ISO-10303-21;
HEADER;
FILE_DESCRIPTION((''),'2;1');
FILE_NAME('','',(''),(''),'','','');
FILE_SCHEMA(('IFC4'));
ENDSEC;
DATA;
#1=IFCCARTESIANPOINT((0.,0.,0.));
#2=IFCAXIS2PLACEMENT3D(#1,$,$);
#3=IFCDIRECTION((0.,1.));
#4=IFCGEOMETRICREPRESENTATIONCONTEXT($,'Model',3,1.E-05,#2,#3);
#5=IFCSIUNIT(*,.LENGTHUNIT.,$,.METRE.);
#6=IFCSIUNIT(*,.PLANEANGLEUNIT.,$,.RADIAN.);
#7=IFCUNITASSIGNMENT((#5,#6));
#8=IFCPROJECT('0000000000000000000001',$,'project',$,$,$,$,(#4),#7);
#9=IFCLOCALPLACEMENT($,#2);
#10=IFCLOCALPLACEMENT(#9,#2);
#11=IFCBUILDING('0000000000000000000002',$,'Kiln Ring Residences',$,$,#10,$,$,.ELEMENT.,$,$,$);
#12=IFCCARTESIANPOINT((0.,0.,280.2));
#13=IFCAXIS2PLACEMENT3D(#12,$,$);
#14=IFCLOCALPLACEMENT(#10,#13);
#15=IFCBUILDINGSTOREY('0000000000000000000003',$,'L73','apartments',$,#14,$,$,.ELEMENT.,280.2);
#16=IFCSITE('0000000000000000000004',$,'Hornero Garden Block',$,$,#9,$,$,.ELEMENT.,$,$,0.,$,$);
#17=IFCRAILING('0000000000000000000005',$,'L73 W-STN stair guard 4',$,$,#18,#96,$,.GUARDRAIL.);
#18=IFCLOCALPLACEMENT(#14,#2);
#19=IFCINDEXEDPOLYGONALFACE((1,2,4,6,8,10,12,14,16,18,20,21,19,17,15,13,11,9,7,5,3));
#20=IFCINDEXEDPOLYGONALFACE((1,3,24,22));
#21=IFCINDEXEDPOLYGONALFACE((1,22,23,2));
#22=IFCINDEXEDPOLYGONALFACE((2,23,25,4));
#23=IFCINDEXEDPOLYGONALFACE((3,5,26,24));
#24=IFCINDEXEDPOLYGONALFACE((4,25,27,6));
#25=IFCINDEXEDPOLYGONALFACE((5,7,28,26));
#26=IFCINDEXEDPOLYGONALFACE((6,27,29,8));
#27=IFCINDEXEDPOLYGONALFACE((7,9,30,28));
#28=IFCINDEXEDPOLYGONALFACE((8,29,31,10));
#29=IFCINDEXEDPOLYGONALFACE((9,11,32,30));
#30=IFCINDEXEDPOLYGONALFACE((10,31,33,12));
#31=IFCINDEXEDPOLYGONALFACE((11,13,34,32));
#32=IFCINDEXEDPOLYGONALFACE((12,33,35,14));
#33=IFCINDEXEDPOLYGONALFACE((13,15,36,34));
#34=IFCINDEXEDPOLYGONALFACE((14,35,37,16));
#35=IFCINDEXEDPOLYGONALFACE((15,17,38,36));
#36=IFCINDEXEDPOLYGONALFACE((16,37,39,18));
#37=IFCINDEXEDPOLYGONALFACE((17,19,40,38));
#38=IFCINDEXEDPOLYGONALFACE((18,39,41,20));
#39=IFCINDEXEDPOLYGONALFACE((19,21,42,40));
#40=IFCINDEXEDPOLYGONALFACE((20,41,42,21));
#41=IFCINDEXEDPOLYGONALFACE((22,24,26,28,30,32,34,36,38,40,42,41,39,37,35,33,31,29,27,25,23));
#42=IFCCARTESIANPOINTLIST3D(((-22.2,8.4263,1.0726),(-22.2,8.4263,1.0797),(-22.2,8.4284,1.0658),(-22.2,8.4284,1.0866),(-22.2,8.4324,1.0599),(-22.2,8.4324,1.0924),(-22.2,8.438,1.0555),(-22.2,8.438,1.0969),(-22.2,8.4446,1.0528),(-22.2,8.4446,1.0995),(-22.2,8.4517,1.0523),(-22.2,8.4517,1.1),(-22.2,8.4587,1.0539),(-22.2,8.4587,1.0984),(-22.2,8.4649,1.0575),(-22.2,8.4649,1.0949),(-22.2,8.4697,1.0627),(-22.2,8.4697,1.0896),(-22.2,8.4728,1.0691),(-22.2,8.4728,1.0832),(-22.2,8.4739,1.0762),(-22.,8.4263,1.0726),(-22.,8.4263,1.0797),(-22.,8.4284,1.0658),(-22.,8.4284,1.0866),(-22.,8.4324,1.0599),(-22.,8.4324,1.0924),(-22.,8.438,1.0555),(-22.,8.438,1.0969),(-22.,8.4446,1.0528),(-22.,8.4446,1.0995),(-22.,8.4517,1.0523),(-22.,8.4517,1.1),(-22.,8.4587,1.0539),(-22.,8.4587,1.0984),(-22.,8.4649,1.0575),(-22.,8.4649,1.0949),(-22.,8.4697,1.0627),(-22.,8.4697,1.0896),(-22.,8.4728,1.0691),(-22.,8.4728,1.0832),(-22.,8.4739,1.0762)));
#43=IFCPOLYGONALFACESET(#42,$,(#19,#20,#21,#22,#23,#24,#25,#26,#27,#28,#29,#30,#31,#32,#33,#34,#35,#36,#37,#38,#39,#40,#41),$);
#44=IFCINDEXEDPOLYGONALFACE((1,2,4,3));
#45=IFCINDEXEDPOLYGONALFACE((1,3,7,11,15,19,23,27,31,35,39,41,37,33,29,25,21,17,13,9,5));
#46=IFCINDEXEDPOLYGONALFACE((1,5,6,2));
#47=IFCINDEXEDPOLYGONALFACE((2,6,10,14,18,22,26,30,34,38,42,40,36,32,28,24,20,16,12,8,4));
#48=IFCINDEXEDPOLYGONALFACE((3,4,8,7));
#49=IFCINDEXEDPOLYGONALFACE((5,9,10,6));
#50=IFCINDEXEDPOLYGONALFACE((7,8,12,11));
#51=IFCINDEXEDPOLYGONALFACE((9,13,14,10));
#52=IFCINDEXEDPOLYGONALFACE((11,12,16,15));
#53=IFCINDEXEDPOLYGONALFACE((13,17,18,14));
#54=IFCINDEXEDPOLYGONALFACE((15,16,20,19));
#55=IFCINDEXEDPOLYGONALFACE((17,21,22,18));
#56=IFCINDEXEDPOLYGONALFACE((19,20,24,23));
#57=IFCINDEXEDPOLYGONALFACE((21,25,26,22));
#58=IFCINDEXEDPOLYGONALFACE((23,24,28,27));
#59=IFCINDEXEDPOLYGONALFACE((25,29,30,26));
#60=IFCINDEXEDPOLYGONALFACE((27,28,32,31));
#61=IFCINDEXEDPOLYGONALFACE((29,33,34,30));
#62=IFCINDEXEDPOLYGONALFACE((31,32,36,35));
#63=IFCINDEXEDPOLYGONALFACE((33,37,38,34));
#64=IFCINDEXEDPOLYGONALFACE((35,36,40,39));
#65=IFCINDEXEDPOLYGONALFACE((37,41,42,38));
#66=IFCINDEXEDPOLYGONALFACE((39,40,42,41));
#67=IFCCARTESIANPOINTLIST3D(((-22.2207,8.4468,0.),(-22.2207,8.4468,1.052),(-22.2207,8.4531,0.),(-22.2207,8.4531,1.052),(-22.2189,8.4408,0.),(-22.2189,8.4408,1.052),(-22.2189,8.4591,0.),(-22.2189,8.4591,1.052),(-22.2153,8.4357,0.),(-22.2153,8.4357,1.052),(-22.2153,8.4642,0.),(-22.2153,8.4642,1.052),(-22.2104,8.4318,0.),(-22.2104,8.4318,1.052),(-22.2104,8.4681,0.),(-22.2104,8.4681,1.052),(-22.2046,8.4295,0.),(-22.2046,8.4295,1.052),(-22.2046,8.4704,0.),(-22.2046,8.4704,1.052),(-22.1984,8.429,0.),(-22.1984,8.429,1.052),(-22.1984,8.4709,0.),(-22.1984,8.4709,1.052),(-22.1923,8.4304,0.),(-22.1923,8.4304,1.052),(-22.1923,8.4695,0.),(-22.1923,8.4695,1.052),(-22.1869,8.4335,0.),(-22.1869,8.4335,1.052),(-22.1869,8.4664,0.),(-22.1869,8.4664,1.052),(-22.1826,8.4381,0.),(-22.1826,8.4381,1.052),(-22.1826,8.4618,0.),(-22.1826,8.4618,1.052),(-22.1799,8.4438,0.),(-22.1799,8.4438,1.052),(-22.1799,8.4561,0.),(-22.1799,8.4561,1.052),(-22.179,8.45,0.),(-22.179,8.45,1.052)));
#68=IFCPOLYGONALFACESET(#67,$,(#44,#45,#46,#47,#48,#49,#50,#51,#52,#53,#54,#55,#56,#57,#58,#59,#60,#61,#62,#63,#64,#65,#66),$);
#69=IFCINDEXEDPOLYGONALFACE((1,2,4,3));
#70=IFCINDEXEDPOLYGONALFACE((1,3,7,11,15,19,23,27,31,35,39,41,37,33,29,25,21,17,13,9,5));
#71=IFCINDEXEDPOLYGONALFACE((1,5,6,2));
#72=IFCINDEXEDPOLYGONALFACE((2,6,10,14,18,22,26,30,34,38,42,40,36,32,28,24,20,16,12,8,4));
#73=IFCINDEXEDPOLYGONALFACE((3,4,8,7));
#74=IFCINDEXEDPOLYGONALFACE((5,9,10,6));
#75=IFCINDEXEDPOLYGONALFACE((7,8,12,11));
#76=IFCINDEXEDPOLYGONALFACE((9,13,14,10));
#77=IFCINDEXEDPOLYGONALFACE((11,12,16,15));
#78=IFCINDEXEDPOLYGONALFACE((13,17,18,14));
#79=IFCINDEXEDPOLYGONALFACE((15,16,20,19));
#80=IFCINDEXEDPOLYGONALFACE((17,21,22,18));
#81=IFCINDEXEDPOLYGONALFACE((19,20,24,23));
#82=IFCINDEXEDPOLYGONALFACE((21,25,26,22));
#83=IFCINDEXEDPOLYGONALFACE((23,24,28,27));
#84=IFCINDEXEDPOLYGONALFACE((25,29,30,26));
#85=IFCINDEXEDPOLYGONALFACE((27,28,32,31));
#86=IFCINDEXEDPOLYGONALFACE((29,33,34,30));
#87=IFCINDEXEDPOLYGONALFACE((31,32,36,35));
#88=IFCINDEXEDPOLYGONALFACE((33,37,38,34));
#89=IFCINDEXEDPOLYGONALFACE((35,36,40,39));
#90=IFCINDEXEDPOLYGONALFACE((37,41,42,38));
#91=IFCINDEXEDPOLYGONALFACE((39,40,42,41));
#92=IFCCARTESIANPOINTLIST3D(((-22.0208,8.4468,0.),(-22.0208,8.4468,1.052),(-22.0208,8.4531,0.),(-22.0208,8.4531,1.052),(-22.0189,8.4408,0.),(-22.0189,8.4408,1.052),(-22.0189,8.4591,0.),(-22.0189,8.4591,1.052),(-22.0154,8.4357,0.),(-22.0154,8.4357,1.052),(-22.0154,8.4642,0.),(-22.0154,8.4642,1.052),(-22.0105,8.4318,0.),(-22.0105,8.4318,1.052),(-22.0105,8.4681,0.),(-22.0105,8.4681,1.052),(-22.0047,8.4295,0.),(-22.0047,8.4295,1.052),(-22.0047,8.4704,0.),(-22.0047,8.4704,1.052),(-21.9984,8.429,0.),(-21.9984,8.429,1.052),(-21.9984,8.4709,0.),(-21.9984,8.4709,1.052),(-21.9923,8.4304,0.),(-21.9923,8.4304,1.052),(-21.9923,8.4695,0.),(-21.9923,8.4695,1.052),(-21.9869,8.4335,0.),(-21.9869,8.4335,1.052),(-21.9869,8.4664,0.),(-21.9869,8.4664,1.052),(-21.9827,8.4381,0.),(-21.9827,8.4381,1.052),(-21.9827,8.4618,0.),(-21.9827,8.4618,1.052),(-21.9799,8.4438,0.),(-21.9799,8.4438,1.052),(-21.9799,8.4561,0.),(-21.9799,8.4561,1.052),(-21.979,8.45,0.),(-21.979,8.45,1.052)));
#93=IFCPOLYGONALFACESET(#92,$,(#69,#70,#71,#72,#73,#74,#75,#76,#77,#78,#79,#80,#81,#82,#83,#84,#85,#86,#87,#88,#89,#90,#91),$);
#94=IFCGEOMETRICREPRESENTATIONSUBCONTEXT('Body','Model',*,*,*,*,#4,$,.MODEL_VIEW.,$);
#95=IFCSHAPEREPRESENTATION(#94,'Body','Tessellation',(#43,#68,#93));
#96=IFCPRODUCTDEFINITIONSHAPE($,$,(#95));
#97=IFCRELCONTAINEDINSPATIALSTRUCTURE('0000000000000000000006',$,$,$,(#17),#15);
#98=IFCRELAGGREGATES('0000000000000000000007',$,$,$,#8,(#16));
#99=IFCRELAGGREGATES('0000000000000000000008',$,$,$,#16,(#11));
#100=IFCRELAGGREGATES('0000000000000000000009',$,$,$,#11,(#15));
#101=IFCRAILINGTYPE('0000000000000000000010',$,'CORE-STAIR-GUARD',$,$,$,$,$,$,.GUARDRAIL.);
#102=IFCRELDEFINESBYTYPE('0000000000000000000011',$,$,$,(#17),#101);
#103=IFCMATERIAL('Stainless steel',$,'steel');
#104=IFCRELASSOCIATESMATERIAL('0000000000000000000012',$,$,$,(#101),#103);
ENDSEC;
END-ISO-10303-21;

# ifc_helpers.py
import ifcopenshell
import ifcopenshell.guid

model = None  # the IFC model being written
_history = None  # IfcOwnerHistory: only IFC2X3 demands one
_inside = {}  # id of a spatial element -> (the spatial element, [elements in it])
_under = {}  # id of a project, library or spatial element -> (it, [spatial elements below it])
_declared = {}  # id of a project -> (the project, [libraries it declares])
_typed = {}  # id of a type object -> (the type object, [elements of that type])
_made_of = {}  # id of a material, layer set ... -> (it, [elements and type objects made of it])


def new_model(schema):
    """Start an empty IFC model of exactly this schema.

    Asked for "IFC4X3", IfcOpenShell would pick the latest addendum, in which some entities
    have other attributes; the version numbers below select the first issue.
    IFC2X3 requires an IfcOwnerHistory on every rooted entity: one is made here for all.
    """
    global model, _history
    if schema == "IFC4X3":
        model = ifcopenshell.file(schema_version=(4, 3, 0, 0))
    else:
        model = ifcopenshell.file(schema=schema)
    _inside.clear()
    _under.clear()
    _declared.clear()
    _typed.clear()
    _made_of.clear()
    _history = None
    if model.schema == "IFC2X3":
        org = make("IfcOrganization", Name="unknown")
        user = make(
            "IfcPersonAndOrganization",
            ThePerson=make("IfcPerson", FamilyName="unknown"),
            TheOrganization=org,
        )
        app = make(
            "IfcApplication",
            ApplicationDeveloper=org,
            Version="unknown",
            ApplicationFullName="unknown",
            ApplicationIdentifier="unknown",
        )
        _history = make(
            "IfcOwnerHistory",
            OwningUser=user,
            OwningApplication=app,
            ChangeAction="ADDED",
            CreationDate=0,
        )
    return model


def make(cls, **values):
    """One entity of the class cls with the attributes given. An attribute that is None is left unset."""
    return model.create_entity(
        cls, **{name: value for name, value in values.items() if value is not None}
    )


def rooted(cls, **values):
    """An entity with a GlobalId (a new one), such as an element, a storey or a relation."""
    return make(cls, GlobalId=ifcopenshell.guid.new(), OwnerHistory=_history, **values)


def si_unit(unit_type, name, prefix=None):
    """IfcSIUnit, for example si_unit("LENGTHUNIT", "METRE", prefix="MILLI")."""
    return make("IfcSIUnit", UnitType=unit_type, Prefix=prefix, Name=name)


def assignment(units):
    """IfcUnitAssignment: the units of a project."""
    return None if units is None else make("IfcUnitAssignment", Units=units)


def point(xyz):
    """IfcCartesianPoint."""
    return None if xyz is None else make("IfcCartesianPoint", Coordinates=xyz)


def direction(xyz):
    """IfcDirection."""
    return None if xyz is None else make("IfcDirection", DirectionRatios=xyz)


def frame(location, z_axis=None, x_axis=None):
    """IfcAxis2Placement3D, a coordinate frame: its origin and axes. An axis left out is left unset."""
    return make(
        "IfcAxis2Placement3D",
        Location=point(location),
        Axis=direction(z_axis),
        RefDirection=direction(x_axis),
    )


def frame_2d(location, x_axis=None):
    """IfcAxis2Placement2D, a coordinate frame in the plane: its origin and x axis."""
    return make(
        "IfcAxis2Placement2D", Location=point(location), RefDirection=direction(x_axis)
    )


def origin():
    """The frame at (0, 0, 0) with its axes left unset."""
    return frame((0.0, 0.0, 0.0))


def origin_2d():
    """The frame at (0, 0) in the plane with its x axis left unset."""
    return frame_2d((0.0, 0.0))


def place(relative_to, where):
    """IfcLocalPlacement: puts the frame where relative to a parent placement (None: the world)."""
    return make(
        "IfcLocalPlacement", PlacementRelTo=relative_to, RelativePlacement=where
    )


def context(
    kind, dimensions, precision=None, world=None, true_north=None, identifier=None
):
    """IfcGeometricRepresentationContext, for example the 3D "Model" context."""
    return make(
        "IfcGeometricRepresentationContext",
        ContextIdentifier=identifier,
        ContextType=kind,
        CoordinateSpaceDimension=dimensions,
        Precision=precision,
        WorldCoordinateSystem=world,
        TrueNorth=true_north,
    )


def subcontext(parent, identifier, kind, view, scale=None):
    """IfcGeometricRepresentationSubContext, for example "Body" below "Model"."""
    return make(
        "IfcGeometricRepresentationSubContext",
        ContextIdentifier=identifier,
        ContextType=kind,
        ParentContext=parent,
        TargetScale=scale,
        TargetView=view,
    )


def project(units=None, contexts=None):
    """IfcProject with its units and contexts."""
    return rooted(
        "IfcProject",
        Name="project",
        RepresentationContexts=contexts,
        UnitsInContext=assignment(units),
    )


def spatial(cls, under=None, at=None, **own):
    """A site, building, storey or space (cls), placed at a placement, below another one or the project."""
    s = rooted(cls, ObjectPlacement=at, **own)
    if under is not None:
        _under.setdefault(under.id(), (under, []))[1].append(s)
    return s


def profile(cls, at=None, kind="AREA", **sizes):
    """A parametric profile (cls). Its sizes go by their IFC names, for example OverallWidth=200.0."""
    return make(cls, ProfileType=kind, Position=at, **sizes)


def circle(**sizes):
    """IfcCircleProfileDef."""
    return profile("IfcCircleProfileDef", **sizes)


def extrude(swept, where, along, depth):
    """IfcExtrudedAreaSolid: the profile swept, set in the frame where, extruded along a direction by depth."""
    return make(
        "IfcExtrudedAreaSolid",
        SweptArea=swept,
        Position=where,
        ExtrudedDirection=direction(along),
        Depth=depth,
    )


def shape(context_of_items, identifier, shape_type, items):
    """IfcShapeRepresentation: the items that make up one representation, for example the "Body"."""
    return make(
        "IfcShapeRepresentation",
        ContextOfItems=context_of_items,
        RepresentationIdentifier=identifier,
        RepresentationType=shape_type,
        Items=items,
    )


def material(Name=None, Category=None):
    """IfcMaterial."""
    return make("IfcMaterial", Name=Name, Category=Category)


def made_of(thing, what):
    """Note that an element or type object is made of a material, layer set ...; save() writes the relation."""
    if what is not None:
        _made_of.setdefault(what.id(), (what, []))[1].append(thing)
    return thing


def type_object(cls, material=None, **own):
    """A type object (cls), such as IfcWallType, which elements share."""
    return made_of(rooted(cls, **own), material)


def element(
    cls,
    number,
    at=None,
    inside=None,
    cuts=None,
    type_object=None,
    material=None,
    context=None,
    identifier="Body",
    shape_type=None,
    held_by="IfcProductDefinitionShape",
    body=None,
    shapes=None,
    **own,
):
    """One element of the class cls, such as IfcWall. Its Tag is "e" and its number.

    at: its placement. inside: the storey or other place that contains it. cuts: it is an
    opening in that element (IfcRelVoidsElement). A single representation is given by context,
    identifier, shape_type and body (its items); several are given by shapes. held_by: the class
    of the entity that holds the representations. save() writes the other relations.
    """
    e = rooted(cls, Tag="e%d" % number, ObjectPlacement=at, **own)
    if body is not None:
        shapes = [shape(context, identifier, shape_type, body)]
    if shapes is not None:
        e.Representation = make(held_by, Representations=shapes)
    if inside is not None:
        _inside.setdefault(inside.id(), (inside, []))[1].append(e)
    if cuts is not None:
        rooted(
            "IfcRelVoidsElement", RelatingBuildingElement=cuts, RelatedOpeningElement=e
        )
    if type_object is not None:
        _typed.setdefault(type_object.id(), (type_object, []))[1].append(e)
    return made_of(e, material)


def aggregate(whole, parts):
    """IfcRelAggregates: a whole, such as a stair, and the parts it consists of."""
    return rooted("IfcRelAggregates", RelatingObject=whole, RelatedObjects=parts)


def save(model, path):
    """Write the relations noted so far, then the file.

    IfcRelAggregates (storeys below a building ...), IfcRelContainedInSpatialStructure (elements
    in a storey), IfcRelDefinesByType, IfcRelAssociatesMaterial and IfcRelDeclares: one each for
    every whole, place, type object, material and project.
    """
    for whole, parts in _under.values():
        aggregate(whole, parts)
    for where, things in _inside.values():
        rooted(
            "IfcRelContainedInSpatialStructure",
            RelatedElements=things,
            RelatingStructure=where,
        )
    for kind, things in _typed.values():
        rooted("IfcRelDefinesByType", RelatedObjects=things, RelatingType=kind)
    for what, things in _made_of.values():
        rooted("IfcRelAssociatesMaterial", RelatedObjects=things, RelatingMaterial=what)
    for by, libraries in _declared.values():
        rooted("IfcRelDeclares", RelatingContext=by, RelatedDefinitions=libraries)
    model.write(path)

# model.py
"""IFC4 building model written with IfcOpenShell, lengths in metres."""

from ifc_helpers import new_model, si_unit, direction, frame, origin, origin_2d, place, context, subcontext, project, spatial, circle, extrude, material, type_object, element, save


model = new_model("IFC4")

# Units and contexts
model_context = context("Model", 3, precision=1e-05, world=origin(), true_north=direction((0.0, 1.0)))
body_context = subcontext(model_context, "Body", "Model", "MODEL_VIEW")
ifc_project = project(units=[si_unit("LENGTHUNIT", "METRE"), si_unit("PLANEANGLEUNIT", "RADIAN")], contexts=[model_context])

# Site, building, storey
site_placement = place(None, origin())
site = spatial("IfcSite", under=ifc_project, at=site_placement, Name="Hornero Garden Block", CompositionType="ELEMENT", RefElevation=0.0)
building_placement = place(site_placement, origin())
building = spatial("IfcBuilding", under=site, at=building_placement, Name="Kiln Ring Residences", CompositionType="ELEMENT")
storey_placement = place(building_placement, frame((0.0, 0.0, 280.2)))
storey = spatial("IfcBuildingStorey", under=building, at=storey_placement, Name="L73", Description="apartments", CompositionType="ELEMENT", Elevation=280.2)

# Railing
ifc_material_1 = material(Name="Stainless steel", Category="steel")
railing_type_1 = type_object("IfcRailingType", Name="CORE-STAIR-GUARD", PredefinedType="GUARDRAIL", material=ifc_material_1)
railing_1_placement = place(storey_placement, frame((-22.2, 8.45, 0.0)))
element("IfcRailing", 1, at=railing_1_placement, inside=storey, type_object=railing_type_1, Name="L73 W-STN stair guard 4", PredefinedType="GUARDRAIL", context=body_context, shape_type="SweptSolid", body=[
    extrude(circle(Radius=0.0239, at=origin_2d()), frame((0.0, 0.0, 1.0762), z_axis=(1.0, 0.0, 0.0), x_axis=(0.0, 1.0, 0.0)), (0.0, 0.0, 1.0), 0.2),
    extrude(circle(Radius=0.021, at=origin_2d()), origin(), (0.0, 0.0, 1.0), 1.052),
    extrude(circle(Radius=0.021, at=origin_2d()), frame((0.2, 0.0, 0.0)), (0.0, 0.0, 1.0), 1.052),
])

save(model, "model.ifc")
